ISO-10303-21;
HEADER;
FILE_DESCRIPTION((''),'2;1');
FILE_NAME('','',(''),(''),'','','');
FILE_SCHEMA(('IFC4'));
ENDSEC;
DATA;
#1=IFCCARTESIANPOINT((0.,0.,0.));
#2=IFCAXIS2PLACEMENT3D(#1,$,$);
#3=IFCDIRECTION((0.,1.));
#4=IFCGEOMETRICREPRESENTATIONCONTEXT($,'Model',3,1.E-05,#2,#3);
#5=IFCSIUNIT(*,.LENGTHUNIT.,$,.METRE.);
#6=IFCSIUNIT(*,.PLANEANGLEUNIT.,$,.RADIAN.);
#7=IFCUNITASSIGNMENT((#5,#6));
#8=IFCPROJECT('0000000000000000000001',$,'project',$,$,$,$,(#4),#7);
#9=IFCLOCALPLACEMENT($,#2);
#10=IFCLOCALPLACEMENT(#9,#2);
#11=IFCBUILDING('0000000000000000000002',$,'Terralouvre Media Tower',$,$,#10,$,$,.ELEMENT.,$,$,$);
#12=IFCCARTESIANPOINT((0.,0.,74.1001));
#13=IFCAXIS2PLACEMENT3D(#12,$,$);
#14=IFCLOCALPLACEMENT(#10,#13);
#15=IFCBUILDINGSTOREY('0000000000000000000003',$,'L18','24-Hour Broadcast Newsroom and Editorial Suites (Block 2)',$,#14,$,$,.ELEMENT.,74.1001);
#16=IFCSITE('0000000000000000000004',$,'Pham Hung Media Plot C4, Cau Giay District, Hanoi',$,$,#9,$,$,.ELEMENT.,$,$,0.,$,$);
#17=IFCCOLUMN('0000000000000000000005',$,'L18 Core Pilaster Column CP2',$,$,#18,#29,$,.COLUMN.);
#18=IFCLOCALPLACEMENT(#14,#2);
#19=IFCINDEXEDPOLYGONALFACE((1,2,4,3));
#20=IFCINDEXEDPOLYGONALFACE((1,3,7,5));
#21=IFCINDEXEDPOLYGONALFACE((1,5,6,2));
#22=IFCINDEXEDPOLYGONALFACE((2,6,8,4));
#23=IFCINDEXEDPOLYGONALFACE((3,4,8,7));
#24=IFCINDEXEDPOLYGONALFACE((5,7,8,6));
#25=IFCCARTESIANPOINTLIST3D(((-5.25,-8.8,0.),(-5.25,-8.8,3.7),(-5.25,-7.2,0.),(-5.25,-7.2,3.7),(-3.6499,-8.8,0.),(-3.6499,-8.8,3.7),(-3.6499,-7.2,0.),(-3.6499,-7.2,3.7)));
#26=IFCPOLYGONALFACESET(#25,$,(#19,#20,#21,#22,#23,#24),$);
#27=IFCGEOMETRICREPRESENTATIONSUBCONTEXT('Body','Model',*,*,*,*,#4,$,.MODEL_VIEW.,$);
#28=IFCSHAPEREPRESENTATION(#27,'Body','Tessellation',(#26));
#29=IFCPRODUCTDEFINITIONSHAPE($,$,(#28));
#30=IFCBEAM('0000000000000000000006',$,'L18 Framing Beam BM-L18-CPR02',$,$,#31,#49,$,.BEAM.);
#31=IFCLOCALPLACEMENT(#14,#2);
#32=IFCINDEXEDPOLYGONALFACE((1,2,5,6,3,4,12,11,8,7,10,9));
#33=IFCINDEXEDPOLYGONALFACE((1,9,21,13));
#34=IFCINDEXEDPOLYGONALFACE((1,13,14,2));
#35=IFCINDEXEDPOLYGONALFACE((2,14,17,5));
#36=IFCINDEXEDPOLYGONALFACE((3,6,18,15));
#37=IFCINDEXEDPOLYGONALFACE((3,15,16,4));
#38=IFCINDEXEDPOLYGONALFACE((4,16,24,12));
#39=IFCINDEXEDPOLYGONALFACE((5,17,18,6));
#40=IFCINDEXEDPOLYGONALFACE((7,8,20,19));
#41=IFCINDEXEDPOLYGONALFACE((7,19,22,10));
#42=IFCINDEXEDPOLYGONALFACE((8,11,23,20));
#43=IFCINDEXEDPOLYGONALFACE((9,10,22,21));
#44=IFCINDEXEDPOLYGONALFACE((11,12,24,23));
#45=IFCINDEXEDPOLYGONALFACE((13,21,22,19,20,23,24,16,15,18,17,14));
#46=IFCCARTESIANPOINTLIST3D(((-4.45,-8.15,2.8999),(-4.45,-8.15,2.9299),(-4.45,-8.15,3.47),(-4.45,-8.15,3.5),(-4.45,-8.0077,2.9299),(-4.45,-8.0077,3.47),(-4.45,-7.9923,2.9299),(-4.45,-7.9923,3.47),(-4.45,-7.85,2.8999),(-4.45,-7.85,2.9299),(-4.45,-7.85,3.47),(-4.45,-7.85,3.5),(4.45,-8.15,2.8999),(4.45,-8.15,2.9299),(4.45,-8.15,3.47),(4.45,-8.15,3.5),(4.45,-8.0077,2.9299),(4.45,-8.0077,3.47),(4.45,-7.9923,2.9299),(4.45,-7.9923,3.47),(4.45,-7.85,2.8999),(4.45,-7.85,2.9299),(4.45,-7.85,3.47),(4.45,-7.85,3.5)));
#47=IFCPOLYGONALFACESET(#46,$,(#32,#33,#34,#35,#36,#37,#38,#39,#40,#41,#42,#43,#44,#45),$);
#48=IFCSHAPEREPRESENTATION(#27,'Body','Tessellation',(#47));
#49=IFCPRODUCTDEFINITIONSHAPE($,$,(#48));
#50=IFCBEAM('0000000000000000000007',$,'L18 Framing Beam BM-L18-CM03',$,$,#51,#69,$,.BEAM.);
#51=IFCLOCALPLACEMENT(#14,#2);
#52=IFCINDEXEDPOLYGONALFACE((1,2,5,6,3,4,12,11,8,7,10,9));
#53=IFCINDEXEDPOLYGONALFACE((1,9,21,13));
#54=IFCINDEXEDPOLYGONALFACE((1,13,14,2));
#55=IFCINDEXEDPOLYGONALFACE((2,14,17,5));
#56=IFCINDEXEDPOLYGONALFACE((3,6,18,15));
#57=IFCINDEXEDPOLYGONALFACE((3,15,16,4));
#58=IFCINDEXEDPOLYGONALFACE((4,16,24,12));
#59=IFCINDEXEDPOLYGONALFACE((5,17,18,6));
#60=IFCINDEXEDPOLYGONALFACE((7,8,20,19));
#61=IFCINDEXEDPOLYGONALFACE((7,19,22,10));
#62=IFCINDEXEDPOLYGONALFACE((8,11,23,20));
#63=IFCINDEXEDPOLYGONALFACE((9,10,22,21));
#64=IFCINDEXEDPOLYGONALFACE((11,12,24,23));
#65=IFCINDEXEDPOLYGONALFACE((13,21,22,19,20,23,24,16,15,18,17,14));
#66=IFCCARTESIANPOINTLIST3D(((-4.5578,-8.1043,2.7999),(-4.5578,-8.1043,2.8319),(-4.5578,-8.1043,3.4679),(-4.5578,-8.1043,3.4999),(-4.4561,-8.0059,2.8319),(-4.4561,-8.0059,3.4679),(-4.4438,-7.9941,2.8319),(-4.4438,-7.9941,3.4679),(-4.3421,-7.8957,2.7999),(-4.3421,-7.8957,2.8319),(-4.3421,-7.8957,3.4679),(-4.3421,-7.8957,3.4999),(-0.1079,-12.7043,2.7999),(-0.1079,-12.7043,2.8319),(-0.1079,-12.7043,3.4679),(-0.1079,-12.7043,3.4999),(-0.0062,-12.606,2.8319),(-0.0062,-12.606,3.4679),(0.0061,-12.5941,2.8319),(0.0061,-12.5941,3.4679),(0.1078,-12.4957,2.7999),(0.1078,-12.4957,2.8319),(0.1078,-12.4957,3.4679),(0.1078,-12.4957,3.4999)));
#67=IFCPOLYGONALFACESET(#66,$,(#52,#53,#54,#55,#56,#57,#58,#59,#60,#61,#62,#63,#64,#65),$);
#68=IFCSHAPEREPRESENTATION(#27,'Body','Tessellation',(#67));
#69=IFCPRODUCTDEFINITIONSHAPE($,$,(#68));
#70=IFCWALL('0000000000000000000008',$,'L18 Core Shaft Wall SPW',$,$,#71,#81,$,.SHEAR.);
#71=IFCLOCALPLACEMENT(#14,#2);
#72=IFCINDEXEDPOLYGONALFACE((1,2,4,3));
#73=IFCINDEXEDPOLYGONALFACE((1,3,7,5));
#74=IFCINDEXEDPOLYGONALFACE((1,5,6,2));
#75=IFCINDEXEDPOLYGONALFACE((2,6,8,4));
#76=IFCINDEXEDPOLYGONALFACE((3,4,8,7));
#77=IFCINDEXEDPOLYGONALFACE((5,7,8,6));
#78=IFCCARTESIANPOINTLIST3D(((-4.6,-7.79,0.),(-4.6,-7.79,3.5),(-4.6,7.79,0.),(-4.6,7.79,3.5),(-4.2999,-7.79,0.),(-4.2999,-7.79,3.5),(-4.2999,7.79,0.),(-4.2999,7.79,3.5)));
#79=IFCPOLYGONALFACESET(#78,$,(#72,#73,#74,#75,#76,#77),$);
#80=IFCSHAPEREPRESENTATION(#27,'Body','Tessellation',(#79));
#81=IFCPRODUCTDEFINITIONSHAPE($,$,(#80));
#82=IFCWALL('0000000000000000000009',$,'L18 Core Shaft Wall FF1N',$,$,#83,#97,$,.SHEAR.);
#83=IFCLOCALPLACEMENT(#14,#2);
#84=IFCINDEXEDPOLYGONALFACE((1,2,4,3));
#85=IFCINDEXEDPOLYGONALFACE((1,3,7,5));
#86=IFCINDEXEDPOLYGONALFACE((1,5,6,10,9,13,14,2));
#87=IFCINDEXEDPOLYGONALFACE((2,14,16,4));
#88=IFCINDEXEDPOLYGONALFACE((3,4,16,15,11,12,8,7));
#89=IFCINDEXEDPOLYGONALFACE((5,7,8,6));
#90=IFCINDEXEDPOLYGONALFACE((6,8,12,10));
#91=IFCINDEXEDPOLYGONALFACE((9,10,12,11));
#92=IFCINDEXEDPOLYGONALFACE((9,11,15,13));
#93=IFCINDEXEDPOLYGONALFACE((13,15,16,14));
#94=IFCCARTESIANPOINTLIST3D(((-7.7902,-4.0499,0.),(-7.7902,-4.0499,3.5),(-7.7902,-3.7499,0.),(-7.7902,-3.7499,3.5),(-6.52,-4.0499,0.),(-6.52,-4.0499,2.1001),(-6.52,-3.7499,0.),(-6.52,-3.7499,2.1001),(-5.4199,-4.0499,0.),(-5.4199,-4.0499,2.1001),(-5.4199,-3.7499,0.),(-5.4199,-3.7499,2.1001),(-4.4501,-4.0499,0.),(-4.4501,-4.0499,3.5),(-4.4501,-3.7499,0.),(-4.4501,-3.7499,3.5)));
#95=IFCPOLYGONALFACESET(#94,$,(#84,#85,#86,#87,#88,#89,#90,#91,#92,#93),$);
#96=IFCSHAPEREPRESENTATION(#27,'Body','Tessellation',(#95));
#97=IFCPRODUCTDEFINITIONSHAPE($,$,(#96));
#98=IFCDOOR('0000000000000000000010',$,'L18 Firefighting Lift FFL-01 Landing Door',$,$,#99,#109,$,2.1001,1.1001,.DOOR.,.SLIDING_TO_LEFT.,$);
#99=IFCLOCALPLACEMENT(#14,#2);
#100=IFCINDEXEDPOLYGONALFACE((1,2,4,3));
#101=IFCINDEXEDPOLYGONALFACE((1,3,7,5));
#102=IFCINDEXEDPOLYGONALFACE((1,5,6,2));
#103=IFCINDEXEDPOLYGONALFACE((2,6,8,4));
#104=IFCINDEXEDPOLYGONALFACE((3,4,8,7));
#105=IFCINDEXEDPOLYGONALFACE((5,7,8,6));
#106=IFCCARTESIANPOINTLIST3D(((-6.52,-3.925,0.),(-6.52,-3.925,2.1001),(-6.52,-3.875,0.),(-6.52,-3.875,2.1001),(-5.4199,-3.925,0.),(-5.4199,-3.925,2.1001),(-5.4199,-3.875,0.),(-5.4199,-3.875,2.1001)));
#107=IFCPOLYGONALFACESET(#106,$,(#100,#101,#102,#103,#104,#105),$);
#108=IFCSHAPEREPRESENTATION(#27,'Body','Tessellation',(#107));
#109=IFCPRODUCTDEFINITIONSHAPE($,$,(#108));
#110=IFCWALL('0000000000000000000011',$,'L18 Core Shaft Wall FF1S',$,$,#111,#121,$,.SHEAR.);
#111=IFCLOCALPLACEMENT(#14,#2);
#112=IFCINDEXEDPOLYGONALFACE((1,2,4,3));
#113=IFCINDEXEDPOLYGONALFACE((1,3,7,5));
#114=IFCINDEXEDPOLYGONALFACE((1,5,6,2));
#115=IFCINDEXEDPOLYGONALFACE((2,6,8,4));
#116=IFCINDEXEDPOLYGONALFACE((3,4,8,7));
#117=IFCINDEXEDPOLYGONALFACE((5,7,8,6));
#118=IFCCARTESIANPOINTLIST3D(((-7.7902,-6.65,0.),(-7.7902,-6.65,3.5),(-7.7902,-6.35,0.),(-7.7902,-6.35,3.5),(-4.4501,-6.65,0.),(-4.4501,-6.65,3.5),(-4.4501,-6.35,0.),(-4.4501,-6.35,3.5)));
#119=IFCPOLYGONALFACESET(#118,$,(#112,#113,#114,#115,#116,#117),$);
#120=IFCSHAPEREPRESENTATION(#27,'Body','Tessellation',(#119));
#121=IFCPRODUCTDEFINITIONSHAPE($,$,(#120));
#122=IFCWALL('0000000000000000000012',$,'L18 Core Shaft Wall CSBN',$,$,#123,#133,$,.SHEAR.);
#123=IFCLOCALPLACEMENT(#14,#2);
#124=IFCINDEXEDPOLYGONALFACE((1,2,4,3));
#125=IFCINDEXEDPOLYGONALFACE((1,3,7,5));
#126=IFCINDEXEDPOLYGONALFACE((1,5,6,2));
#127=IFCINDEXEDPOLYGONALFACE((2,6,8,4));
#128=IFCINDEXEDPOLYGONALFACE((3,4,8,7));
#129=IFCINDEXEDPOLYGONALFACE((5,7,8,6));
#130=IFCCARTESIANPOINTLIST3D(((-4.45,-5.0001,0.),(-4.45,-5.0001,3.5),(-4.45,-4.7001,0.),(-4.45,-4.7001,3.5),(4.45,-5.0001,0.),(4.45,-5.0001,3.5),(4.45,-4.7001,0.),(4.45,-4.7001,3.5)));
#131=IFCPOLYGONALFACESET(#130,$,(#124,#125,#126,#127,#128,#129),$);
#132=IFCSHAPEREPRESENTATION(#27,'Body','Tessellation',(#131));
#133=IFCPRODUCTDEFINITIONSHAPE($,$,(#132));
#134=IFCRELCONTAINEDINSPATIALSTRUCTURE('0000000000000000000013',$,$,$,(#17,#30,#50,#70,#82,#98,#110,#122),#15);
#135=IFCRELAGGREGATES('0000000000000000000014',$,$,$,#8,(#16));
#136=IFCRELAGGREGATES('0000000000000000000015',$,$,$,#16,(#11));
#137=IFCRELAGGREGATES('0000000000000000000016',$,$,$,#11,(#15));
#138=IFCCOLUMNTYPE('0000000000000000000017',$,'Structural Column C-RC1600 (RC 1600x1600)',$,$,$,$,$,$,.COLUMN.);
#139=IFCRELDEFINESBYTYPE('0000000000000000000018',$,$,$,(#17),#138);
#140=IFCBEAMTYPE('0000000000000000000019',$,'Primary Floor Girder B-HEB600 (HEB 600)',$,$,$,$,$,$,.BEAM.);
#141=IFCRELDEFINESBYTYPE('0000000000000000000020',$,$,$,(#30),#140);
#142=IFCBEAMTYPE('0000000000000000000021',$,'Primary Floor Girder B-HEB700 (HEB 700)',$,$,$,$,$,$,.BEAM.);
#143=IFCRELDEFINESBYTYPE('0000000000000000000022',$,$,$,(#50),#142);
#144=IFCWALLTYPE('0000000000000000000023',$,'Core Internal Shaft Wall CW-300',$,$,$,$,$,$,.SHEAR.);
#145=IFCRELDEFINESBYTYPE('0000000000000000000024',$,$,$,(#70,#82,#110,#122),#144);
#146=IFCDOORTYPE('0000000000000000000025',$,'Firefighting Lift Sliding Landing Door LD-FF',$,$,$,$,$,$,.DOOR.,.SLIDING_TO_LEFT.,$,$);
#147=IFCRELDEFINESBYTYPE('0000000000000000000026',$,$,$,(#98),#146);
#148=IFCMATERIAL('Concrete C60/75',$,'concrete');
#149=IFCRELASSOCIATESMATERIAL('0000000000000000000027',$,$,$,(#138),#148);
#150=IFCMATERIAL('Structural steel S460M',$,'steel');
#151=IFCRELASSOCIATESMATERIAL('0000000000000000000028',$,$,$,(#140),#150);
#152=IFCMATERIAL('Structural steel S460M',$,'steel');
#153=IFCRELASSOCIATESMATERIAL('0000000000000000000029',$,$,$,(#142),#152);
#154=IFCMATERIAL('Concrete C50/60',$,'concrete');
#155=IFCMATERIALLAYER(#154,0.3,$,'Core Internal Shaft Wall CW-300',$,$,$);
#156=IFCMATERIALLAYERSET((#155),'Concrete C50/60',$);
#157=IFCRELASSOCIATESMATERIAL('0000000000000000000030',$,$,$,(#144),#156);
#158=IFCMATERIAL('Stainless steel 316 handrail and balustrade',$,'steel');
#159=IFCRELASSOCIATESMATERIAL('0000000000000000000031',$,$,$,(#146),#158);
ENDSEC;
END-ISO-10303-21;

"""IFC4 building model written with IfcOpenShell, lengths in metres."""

from ifc_helpers import new_model, si_unit, direction, frame, frame_2d, origin, origin_2d, place, context, subcontext, project, spatial, rectangle, i_section, extrude, material, layer, layer_set, material_profile, profile_set, type_object, element, fill, save


model = new_model("IFC4")

# Units and contexts
model_context = context("Model", 3, precision=1e-05, world=origin(), true_north=direction((0.0, 1.0)))
body_context = subcontext(model_context, "Body", "Model", "MODEL_VIEW")
ifc_project = project(units=[si_unit("LENGTHUNIT", "METRE"), si_unit("PLANEANGLEUNIT", "RADIAN")], contexts=[model_context])

# Site, building, storey
site_placement = place(None, origin())
site = spatial("IfcSite", under=ifc_project, at=site_placement, Name="Pham Hung Media Plot C4, Cau Giay District, Hanoi", CompositionType="ELEMENT", RefElevation=0.0)
building_placement = place(site_placement, origin())
building = spatial("IfcBuilding", under=site, at=building_placement, Name="Terralouvre Media Tower", CompositionType="ELEMENT")
storey_placement = place(building_placement, frame((0.0, 0.0, 74.1001)))
storey = spatial("IfcBuildingStorey", under=building, at=storey_placement, Name="L18", Description="24-Hour Broadcast Newsroom and Editorial Suites (Block 2)", CompositionType="ELEMENT", Elevation=74.1001)

# Column
ifc_material_1 = material(Name="Concrete C60/75", Category="concrete")
ifc_material_profile_1 = material_profile(ifc_material_1, rectangle(XDim=1.6001, YDim=1.6001, at=origin_2d()), Name="RC 1600x1600")
ifc_profile_set_1 = profile_set([ifc_material_profile_1], Name="Concrete C60/75")
column_type = type_object("IfcColumnType", Name="Structural Column C-RC1600 (RC 1600x1600)", PredefinedType="COLUMN", material=ifc_profile_set_1)
column_placement = place(storey_placement, frame((-4.45, -8.0, 0.0), z_axis=(0.0, 0.0, 1.0), x_axis=(1.0, 0.0, 0.0)))
element("IfcColumn", 1, at=column_placement, inside=storey, type_object=column_type, Name="L18 Core Pilaster Column CP2", PredefinedType="COLUMN", context=body_context, shape_type="SweptSolid", body=[
    extrude(rectangle(XDim=1.6001, YDim=1.6001, at=origin_2d()), origin(), (0.0, 0.0, 1.0), 3.7),
])

# Beams
ifc_material_2 = material(Name="Structural steel S460M", Category="steel")
ifc_material_profile_2 = material_profile(ifc_material_2, i_section(OverallWidth=0.3, OverallDepth=0.6001, WebThickness=0.0154, FlangeThickness=0.03, at=origin_2d()), Name="HEB 600")
ifc_profile_set_2 = profile_set([ifc_material_profile_2], Name="Structural steel S460M")
beam_type_1 = type_object("IfcBeamType", Name="Primary Floor Girder B-HEB600 (HEB 600)", PredefinedType="BEAM", material=ifc_profile_set_2)
beam_1_placement = place(storey_placement, frame((-4.45, -8.0, 3.2), z_axis=(1.0, 0.0, 0.0), x_axis=(0.0, 1.0, 0.0)))
element("IfcBeam", 2, at=beam_1_placement, inside=storey, type_object=beam_type_1, Name="L18 Framing Beam BM-L18-CPR02", PredefinedType="BEAM", context=body_context, shape_type="SweptSolid", body=[
    extrude(i_section(OverallWidth=0.3, OverallDepth=0.6001, WebThickness=0.0154, FlangeThickness=0.03, at=origin_2d()), origin(), (0.0, 0.0, 1.0), 8.8999),
])
ifc_material_3 = material(Name="Structural steel S460M", Category="steel")
ifc_material_profile_3 = material_profile(ifc_material_3, i_section(OverallWidth=0.3, OverallDepth=0.7, WebThickness=0.0171, FlangeThickness=0.032, at=origin_2d()), Name="HEB 700")
ifc_profile_set_3 = profile_set([ifc_material_profile_3], Name="Structural steel S460M")
beam_type_2 = type_object("IfcBeamType", Name="Primary Floor Girder B-HEB700 (HEB 700)", PredefinedType="BEAM", material=ifc_profile_set_3)
beam_2_placement = place(storey_placement, frame((-4.45, -8.0, 3.1499), z_axis=(0.69528, -0.718739, 0.0), x_axis=(0.718739, 0.69528, 0.0)))
element("IfcBeam", 3, at=beam_2_placement, inside=storey, type_object=beam_type_2, Name="L18 Framing Beam BM-L18-CM03", PredefinedType="BEAM", context=body_context, shape_type="SweptSolid", body=[
    extrude(i_section(OverallWidth=0.3, OverallDepth=0.7, WebThickness=0.0171, FlangeThickness=0.032, at=origin_2d()), origin(), (0.0, 0.0, 1.0), 6.4001),
])

# Wall
ifc_material_4 = material(Name="Concrete C50/60", Category="concrete")
ifc_layer_1 = layer(ifc_material_4, 0.3, Name="Core Internal Shaft Wall CW-300")
ifc_layer_set_1 = layer_set([ifc_layer_1], Name="Concrete C50/60")
wall_type_1 = type_object("IfcWallType", Name="Core Internal Shaft Wall CW-300", PredefinedType="SHEAR", material=ifc_layer_set_1)
wall_1_placement = place(storey_placement, frame((-4.45, -7.79, 0.0), z_axis=(0.0, 0.0, 1.0), x_axis=(0.0, 1.0, 0.0)))
element("IfcWall", 4, at=wall_1_placement, inside=storey, type_object=wall_type_1, Name="L18 Core Shaft Wall SPW", PredefinedType="SHEAR", context=body_context, shape_type="SweptSolid", body=[
    extrude(rectangle(XDim=15.5801, YDim=0.3, at=frame_2d((7.79, 0.0))), origin(), (0.0, 0.0, 1.0), 3.5),
])

# Wall, opening, door
wall_2_placement = place(storey_placement, frame((-7.79, -3.8999, 0.0), z_axis=(0.0, 0.0, 1.0), x_axis=(1.0, 0.0, 0.0)))
wall_2 = element("IfcWall", 5, at=wall_2_placement, inside=storey, type_object=wall_type_1, Name="L18 Core Shaft Wall FF1N", PredefinedType="SHEAR", context=body_context, shape_type="SweptSolid", body=[
    extrude(rectangle(XDim=3.3401, YDim=0.3, at=frame_2d((1.6699, 0.0))), origin(), (0.0, 0.0, 1.0), 3.5),
])
opening_1_placement = place(wall_2_placement, frame((1.27, 0.0, 0.0)))
opening_1 = element("IfcOpeningElement", 6, at=opening_1_placement, cuts=wall_2, PredefinedType="OPENING", context=body_context, shape_type="SweptSolid", body=[
    extrude(rectangle(XDim=1.1001, YDim=2.1001, at=frame_2d((0.55, 1.05))), frame((0.0, 0.1599, 0.0), z_axis=(0.0, -1.0, 0.0), x_axis=(1.0, 0.0, 0.0)), (0.0, 0.0, 1.0), 0.3201),
])
ifc_material_5 = material(Name="Stainless steel 316 handrail and balustrade", Category="steel")
door_type_1 = type_object("IfcDoorType", Name="Firefighting Lift Sliding Landing Door LD-FF", OperationType="SLIDING_TO_LEFT", PredefinedType="DOOR", material=ifc_material_5)
door_1_placement = place(opening_1_placement, origin())
door_1 = element("IfcDoor", 7, at=door_1_placement, inside=storey, type_object=door_type_1, Name="L18 Firefighting Lift FFL-01 Landing Door", OperationType="SLIDING_TO_LEFT", OverallHeight=2.1001, OverallWidth=1.1001, PredefinedType="DOOR", context=body_context, shape_type="SweptSolid", body=[
    extrude(rectangle(XDim=1.1001, YDim=2.1001, at=frame_2d((0.55, 1.05))), frame((0.0, 0.0249, 0.0), z_axis=(0.0, -1.0, 0.0), x_axis=(1.0, 0.0, 0.0)), (0.0, 0.0, 1.0), 0.05),
])
fill(opening_1, door_1)

# Walls
wall_3_placement = place(storey_placement, frame((-7.79, -6.5, 0.0), z_axis=(0.0, 0.0, 1.0), x_axis=(1.0, 0.0, 0.0)))
element("IfcWall", 8, at=wall_3_placement, inside=storey, type_object=wall_type_1, Name="L18 Core Shaft Wall FF1S", PredefinedType="SHEAR", context=body_context, shape_type="SweptSolid", body=[
    extrude(rectangle(XDim=3.3401, YDim=0.3, at=frame_2d((1.6699, 0.0))), origin(), (0.0, 0.0, 1.0), 3.5),
])
wall_4_placement = place(storey_placement, frame((-4.45, -4.8501, 0.0), z_axis=(0.0, 0.0, 1.0), x_axis=(1.0, 0.0, 0.0)))
element("IfcWall", 9, at=wall_4_placement, inside=storey, type_object=wall_type_1, Name="L18 Core Shaft Wall CSBN", PredefinedType="SHEAR", context=body_context, shape_type="SweptSolid", body=[
    extrude(rectangle(XDim=8.8999, YDim=0.3, at=frame_2d((4.45, 0.0))), origin(), (0.0, 0.0, 1.0), 3.5),
])

save(model, "model.ifc")
